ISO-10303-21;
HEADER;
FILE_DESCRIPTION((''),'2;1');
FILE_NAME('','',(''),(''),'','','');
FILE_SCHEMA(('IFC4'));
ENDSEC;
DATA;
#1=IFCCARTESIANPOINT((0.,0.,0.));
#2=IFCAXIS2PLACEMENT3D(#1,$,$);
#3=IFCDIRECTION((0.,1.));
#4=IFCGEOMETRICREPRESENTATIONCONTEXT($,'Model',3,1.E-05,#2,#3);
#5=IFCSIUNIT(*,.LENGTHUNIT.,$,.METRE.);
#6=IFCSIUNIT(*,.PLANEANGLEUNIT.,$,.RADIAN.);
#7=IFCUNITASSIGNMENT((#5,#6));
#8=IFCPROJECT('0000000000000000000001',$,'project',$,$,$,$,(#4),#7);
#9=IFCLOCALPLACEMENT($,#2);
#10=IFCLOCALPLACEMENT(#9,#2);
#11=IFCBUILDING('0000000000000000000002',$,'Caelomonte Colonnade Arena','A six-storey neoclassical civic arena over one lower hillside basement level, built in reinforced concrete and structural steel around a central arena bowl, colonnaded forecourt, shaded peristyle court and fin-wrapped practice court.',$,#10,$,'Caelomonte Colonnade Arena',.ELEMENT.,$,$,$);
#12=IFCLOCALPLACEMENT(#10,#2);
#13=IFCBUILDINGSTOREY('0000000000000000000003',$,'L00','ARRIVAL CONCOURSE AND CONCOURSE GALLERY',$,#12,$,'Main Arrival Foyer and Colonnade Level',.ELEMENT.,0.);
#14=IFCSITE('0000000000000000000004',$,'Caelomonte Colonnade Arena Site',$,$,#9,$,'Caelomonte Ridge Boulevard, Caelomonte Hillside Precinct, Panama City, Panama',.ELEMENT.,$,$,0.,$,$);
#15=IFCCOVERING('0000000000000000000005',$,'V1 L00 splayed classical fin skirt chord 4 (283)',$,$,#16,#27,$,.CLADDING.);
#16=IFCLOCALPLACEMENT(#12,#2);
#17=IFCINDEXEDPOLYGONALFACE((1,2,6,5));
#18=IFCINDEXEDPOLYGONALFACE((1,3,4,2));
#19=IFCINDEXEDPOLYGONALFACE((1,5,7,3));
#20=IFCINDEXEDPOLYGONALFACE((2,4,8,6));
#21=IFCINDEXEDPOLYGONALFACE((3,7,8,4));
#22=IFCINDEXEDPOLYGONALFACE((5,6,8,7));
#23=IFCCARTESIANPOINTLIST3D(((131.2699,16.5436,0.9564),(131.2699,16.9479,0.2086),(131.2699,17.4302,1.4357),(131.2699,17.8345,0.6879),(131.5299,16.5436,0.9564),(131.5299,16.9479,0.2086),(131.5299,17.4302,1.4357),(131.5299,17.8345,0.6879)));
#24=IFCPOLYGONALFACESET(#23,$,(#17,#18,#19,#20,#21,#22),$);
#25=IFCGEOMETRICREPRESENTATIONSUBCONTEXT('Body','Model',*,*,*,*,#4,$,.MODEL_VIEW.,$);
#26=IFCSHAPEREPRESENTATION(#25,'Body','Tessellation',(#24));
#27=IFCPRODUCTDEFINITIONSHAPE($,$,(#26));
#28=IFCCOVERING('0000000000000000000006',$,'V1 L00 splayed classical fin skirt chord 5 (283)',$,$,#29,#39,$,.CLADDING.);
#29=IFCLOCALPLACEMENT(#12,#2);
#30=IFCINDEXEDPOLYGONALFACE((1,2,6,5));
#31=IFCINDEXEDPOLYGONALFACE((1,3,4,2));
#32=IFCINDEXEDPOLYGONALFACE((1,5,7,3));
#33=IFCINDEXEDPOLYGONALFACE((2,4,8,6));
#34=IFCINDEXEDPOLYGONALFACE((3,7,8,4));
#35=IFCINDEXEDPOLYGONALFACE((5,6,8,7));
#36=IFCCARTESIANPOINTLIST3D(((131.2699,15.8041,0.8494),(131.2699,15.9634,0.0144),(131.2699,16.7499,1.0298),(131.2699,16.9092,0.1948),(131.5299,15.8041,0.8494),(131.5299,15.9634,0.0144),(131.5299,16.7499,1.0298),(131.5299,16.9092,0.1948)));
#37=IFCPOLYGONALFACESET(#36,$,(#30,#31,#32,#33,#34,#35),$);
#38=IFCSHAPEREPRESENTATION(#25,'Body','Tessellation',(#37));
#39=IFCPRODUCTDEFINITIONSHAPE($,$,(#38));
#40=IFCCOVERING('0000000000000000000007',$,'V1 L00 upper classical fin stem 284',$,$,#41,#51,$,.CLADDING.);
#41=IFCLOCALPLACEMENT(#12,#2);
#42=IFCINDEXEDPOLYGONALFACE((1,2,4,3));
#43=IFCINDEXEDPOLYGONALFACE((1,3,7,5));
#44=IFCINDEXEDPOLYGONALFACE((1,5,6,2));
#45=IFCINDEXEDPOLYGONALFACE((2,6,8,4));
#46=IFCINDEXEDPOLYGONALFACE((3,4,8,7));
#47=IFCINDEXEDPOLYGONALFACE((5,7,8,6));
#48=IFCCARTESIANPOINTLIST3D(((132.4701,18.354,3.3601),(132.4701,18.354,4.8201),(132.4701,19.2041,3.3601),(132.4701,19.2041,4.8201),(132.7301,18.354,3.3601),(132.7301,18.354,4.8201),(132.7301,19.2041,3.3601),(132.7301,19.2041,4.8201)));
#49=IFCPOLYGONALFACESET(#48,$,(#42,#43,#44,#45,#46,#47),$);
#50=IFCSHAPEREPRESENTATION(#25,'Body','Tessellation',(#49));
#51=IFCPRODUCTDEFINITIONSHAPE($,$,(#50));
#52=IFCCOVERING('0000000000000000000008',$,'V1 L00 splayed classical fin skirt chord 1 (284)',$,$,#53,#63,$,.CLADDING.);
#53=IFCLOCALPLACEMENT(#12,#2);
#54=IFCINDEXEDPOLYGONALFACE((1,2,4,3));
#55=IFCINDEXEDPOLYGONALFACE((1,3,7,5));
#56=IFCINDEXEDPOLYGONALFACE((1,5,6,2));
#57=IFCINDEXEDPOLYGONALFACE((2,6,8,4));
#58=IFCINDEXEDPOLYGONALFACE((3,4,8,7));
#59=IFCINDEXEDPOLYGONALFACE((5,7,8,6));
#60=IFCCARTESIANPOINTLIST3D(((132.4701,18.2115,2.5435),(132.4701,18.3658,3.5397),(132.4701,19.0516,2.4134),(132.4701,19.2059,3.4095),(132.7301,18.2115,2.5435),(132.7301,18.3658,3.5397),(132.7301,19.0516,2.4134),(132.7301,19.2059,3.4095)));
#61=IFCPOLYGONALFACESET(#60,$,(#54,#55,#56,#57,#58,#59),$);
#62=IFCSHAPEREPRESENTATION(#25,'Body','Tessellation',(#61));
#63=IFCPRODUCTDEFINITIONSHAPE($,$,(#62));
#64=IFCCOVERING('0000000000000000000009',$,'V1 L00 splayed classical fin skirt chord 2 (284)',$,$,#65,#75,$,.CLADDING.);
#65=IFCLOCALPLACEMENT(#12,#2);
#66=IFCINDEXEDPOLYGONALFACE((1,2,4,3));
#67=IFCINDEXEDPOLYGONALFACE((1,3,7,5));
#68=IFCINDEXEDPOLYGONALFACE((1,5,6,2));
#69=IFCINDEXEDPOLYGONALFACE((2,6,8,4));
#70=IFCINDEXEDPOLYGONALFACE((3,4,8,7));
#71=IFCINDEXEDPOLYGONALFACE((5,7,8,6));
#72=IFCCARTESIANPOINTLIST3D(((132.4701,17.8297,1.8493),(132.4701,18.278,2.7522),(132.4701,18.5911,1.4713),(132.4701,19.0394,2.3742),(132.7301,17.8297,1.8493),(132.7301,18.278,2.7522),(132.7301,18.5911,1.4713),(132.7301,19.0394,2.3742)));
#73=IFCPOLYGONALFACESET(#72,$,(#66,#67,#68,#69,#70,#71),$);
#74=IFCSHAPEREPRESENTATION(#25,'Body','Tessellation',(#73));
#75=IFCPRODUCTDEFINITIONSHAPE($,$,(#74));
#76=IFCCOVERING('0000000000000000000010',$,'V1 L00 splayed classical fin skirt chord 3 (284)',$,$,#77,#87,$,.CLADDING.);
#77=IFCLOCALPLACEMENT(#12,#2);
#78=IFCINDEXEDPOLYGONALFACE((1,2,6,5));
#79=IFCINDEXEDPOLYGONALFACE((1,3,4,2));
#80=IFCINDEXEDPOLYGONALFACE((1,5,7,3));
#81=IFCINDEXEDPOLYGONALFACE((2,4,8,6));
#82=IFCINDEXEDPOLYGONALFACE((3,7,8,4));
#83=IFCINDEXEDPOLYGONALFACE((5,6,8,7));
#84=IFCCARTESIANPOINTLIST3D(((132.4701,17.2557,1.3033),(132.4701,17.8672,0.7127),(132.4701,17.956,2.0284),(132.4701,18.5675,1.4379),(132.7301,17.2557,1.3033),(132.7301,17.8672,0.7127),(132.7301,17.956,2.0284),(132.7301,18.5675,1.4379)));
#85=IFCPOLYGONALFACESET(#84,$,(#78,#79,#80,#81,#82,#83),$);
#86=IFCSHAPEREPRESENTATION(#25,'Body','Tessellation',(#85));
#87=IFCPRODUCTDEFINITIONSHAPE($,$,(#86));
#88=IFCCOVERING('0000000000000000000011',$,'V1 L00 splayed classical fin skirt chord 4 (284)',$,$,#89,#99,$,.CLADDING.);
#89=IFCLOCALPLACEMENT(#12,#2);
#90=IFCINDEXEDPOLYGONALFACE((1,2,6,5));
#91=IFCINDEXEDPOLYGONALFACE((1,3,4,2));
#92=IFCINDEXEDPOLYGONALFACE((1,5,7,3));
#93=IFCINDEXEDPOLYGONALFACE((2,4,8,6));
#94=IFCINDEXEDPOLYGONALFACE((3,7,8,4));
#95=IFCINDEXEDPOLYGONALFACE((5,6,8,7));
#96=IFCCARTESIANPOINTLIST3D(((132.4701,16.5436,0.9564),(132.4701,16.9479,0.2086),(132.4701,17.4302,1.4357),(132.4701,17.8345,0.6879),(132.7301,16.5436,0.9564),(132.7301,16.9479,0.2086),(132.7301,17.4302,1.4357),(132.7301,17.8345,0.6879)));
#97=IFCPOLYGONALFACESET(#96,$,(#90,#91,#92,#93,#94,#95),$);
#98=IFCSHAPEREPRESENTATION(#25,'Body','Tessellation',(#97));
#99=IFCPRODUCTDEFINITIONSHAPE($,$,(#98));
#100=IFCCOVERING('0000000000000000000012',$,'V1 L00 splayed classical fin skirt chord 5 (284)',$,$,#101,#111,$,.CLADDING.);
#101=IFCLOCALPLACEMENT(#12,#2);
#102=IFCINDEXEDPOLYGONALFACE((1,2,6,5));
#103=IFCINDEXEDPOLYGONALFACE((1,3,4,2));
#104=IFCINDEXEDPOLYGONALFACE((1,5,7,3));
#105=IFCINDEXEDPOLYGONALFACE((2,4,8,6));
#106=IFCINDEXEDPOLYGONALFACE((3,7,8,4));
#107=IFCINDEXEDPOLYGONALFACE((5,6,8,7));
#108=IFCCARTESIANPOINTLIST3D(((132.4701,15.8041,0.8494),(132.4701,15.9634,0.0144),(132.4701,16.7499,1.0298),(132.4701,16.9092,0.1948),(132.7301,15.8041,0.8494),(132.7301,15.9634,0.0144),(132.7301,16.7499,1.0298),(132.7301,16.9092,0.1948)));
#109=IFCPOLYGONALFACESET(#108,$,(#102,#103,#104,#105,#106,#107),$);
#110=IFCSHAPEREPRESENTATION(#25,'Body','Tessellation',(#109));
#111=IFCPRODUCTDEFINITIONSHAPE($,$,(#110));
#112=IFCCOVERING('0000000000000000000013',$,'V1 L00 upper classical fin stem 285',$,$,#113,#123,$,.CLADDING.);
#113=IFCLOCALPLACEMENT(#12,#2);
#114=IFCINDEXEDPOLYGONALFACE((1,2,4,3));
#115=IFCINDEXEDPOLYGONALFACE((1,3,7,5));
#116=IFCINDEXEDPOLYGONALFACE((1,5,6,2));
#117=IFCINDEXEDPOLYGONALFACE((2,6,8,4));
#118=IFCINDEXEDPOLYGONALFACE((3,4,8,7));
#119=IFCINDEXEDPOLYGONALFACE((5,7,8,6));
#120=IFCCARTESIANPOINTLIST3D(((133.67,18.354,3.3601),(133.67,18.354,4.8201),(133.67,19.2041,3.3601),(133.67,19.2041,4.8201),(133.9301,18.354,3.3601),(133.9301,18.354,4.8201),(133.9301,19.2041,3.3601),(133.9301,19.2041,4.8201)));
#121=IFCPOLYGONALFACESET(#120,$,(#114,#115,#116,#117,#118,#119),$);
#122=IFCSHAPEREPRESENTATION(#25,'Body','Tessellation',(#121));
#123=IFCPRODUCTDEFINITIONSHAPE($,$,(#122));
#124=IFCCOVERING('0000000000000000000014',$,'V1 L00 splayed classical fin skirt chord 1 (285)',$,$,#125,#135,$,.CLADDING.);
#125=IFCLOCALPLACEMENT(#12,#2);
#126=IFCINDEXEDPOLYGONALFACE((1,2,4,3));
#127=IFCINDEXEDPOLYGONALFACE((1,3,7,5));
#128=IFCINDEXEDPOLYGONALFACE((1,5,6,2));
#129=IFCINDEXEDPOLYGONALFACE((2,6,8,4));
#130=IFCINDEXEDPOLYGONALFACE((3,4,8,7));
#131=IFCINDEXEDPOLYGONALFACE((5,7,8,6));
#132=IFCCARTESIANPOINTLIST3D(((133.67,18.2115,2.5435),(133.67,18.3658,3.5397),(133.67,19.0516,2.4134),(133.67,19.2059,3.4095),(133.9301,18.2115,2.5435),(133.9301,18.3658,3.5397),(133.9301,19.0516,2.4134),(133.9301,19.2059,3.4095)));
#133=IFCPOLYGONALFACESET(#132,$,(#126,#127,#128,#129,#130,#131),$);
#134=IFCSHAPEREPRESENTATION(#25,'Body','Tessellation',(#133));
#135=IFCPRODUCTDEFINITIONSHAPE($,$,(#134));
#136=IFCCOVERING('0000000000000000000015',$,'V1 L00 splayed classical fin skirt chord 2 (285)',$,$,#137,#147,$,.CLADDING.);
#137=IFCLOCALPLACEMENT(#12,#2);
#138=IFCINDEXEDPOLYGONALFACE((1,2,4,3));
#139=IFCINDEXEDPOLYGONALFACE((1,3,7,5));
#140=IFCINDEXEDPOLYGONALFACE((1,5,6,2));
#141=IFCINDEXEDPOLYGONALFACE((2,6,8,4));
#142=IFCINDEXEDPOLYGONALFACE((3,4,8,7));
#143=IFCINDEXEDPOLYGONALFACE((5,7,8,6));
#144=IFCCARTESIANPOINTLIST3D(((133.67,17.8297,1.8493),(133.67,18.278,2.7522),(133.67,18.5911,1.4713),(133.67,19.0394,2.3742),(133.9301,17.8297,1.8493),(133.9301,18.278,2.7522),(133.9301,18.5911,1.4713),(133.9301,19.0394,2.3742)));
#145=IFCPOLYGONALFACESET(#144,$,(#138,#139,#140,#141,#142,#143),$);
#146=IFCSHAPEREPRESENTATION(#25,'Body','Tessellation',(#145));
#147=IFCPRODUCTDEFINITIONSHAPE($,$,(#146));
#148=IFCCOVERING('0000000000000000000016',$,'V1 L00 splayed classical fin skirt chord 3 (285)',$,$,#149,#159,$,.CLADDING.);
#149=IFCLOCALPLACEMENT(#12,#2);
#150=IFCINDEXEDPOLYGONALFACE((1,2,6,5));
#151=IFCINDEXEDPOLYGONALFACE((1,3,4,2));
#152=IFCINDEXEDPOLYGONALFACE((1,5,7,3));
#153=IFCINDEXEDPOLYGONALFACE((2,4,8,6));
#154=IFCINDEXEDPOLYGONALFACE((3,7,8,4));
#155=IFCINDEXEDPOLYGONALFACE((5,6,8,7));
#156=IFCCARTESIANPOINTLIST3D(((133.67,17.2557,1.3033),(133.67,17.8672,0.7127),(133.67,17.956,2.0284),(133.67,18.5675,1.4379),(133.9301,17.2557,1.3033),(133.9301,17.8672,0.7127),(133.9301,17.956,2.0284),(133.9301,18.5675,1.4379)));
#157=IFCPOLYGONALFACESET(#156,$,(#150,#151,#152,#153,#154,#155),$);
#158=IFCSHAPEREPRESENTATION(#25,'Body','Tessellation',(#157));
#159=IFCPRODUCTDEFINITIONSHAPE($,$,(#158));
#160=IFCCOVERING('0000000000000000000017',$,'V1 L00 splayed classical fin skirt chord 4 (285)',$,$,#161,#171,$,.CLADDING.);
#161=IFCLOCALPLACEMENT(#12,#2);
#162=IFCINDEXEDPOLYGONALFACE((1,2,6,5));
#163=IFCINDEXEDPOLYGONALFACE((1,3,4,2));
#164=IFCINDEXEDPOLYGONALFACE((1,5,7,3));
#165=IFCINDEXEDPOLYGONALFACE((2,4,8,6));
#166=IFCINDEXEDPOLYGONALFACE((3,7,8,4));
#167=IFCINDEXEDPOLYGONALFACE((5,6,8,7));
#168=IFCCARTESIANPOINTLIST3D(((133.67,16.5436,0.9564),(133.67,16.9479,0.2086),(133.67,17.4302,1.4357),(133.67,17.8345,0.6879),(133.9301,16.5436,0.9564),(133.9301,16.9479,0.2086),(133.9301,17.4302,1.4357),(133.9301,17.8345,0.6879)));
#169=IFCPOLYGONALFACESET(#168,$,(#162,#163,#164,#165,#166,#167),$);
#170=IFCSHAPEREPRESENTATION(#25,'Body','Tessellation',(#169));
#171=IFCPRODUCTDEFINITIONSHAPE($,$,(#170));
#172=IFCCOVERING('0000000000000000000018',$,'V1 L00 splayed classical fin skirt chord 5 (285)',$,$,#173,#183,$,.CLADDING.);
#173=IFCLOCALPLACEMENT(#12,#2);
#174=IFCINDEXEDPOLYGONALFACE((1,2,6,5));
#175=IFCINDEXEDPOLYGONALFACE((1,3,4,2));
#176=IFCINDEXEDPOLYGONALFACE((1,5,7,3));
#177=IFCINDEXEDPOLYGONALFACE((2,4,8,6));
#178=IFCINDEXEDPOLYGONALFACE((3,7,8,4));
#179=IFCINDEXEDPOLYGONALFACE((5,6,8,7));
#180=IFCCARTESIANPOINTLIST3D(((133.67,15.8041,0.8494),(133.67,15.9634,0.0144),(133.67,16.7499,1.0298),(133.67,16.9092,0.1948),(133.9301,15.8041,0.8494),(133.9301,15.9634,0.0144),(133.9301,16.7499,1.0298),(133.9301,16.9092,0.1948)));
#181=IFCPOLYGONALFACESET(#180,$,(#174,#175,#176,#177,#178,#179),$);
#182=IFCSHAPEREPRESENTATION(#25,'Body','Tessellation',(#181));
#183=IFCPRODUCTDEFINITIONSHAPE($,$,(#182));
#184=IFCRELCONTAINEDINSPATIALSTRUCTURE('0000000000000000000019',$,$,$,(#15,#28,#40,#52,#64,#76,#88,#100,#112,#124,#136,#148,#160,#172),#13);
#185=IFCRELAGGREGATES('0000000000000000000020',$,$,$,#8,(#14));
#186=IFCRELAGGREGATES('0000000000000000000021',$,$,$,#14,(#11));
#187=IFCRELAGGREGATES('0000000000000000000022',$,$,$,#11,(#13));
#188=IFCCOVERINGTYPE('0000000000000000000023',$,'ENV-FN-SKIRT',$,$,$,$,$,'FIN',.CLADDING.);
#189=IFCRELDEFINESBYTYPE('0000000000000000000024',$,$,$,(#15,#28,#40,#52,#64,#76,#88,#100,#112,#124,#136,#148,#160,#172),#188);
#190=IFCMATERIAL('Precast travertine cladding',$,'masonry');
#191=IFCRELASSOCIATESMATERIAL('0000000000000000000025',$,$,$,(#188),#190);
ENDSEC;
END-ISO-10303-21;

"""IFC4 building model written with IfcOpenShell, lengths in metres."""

from ifc_helpers import new_model, si_unit, direction, frame, origin, origin_2d, place, context, subcontext, project, spatial, rectangle, extrude, material, material_profile, profile_set, type_object, element, save


model = new_model("IFC4")

# Units and contexts
model_context = context("Model", 3, precision=1e-05, world=origin(), true_north=direction((0.0, 1.0)))
body_context = subcontext(model_context, "Body", "Model", "MODEL_VIEW")
ifc_project = project(units=[si_unit("LENGTHUNIT", "METRE"), si_unit("PLANEANGLEUNIT", "RADIAN")], contexts=[model_context])

# Site, building, storey
site_placement = place(None, origin())
site = spatial("IfcSite", under=ifc_project, at=site_placement, Name="Caelomonte Colonnade Arena Site", LongName="Caelomonte Ridge Boulevard, Caelomonte Hillside Precinct, Panama City, Panama", CompositionType="ELEMENT", RefElevation=0.0)
building_placement = place(site_placement, origin())
building = spatial("IfcBuilding", under=site, at=building_placement, Name="Caelomonte Colonnade Arena", Description="A six-storey neoclassical civic arena over one lower hillside basement level, built in reinforced concrete and structural steel around a central arena bowl, colonnaded forecourt, shaded peristyle court and fin-wrapped practice court.", LongName="Caelomonte Colonnade Arena", CompositionType="ELEMENT")
storey_placement = place(building_placement, origin())
storey = spatial("IfcBuildingStorey", under=building, at=storey_placement, Name="L00", Description="ARRIVAL CONCOURSE AND CONCOURSE GALLERY", LongName="Main Arrival Foyer and Colonnade Level", CompositionType="ELEMENT", Elevation=0.0)

# Coverings
ifc_material_1 = material(Name="Precast travertine cladding", Category="masonry")
ifc_material_profile_1 = material_profile(ifc_material_1, rectangle(XDim=0.26, YDim=0.8501, at=origin_2d()), Name="FIN260X850")
ifc_profile_set_1 = profile_set([ifc_material_profile_1], Name="Precast travertine cladding")
covering_type = type_object("IfcCoveringType", Name="ENV-FN-SKIRT", ElementType="FIN", PredefinedType="CLADDING", material=ifc_profile_set_1)
covering_1_placement = place(storey_placement, frame((131.3999, 17.6323, 1.0618), z_axis=(0.0, -0.879676, -0.475573), x_axis=(-1.0, 0.0, 0.0)))
element("IfcCovering", 1, at=covering_1_placement, inside=storey, type_object=covering_type, Name="V1 L00 splayed classical fin skirt chord 4 (283)", PredefinedType="CLADDING", context=body_context, shape_type="SweptSolid", body=[
    extrude(rectangle(XDim=0.26, YDim=0.8501, at=origin_2d()), origin(), (0.0, 0.0, 1.0), 1.0078),
])
covering_2_placement = place(storey_placement, frame((131.3999, 16.8296, 0.6123), z_axis=(0.0, -0.982287, -0.18738), x_axis=(-1.0, 0.0, 0.0)))
element("IfcCovering", 2, at=covering_2_placement, inside=storey, type_object=covering_type, Name="V1 L00 splayed classical fin skirt chord 5 (283)", PredefinedType="CLADDING", context=body_context, shape_type="SweptSolid", body=[
    extrude(rectangle(XDim=0.26, YDim=0.8501, at=origin_2d()), origin(), (0.0, 0.0, 1.0), 0.9629),
])
covering_3_placement = place(storey_placement, frame((132.6001, 18.7791, 3.3601), z_axis=(0.0, 0.0, 1.0), x_axis=(-1.0, 0.0, 0.0)))
element("IfcCovering", 3, at=covering_3_placement, inside=storey, type_object=covering_type, Name="V1 L00 upper classical fin stem 284", PredefinedType="CLADDING", context=body_context, shape_type="SweptSolid", body=[
    extrude(rectangle(XDim=0.26, YDim=0.8501, at=origin_2d()), origin(), (0.0, 0.0, 1.0), 1.46),
])
for number, where, z_axis, x_axis, name in (
    (4, (132.6001, 18.7859, 3.4746), (0.0, -0.153076, -0.988214), (-1.0, 0.0, 0.0), "V1 L00 splayed classical fin skirt chord 1 (284)"),
    (5, (132.6001, 18.6587, 2.5632), (0.0, -0.444693, -0.895683), (-1.0, 0.0, 0.0), "V1 L00 splayed classical fin skirt chord 2 (284)"),
    (6, (132.6001, 18.2617, 1.7332), (0.0, -0.694646, -0.719351), (-1.0, 0.0, 0.0), "V1 L00 splayed classical fin skirt chord 3 (284)"),
):
    element("IfcCovering", number, at=place(storey_placement, frame(where, z_axis=z_axis, x_axis=x_axis)), inside=storey, type_object=covering_type, Name=name, PredefinedType="CLADDING", context=body_context, shape_type="SweptSolid", body=[
        extrude(rectangle(XDim=0.26, YDim=0.8501, at=origin_2d()), origin(), (0.0, 0.0, 1.0), 1.0081),
    ])
covering_4_placement = place(storey_placement, frame((132.6001, 17.6323, 1.0618), z_axis=(0.0, -0.879676, -0.475573), x_axis=(-1.0, 0.0, 0.0)))
element("IfcCovering", 7, at=covering_4_placement, inside=storey, type_object=covering_type, Name="V1 L00 splayed classical fin skirt chord 4 (284)", PredefinedType="CLADDING", context=body_context, shape_type="SweptSolid", body=[
    extrude(rectangle(XDim=0.26, YDim=0.8501, at=origin_2d()), origin(), (0.0, 0.0, 1.0), 1.0078),
])
covering_5_placement = place(storey_placement, frame((132.6001, 16.8296, 0.6123), z_axis=(0.0, -0.982287, -0.18738), x_axis=(-1.0, 0.0, 0.0)))
element("IfcCovering", 8, at=covering_5_placement, inside=storey, type_object=covering_type, Name="V1 L00 splayed classical fin skirt chord 5 (284)", PredefinedType="CLADDING", context=body_context, shape_type="SweptSolid", body=[
    extrude(rectangle(XDim=0.26, YDim=0.8501, at=origin_2d()), origin(), (0.0, 0.0, 1.0), 0.9629),
])
covering_6_placement = place(storey_placement, frame((133.8, 18.7791, 3.3601), z_axis=(0.0, 0.0, 1.0), x_axis=(-1.0, 0.0, 0.0)))
element("IfcCovering", 9, at=covering_6_placement, inside=storey, type_object=covering_type, Name="V1 L00 upper classical fin stem 285", PredefinedType="CLADDING", context=body_context, shape_type="SweptSolid", body=[
    extrude(rectangle(XDim=0.26, YDim=0.8501, at=origin_2d()), origin(), (0.0, 0.0, 1.0), 1.46),
])
for number, where, z_axis, x_axis, name in (
    (10, (133.8, 18.7859, 3.4746), (0.0, -0.153076, -0.988214), (-1.0, 0.0, 0.0), "V1 L00 splayed classical fin skirt chord 1 (285)"),
    (11, (133.8, 18.6587, 2.5632), (0.0, -0.444693, -0.895683), (-1.0, 0.0, 0.0), "V1 L00 splayed classical fin skirt chord 2 (285)"),
    (12, (133.8, 18.2617, 1.7332), (0.0, -0.694646, -0.719351), (-1.0, 0.0, 0.0), "V1 L00 splayed classical fin skirt chord 3 (285)"),
):
    element("IfcCovering", number, at=place(storey_placement, frame(where, z_axis=z_axis, x_axis=x_axis)), inside=storey, type_object=covering_type, Name=name, PredefinedType="CLADDING", context=body_context, shape_type="SweptSolid", body=[
        extrude(rectangle(XDim=0.26, YDim=0.8501, at=origin_2d()), origin(), (0.0, 0.0, 1.0), 1.0081),
    ])
covering_7_placement = place(storey_placement, frame((133.8, 17.6323, 1.0618), z_axis=(0.0, -0.879676, -0.475573), x_axis=(-1.0, 0.0, 0.0)))
element("IfcCovering", 13, at=covering_7_placement, inside=storey, type_object=covering_type, Name="V1 L00 splayed classical fin skirt chord 4 (285)", PredefinedType="CLADDING", context=body_context, shape_type="SweptSolid", body=[
    extrude(rectangle(XDim=0.26, YDim=0.8501, at=origin_2d()), origin(), (0.0, 0.0, 1.0), 1.0078),
])
covering_8_placement = place(storey_placement, frame((133.8, 16.8296, 0.6123), z_axis=(0.0, -0.982287, -0.18738), x_axis=(-1.0, 0.0, 0.0)))
element("IfcCovering", 14, at=covering_8_placement, inside=storey, type_object=covering_type, Name="V1 L00 splayed classical fin skirt chord 5 (285)", PredefinedType="CLADDING", context=body_context, shape_type="SweptSolid", body=[
    extrude(rectangle(XDim=0.26, YDim=0.8501, at=origin_2d()), origin(), (0.0, 0.0, 1.0), 0.9629),
])

save(model, "model.ifc")
